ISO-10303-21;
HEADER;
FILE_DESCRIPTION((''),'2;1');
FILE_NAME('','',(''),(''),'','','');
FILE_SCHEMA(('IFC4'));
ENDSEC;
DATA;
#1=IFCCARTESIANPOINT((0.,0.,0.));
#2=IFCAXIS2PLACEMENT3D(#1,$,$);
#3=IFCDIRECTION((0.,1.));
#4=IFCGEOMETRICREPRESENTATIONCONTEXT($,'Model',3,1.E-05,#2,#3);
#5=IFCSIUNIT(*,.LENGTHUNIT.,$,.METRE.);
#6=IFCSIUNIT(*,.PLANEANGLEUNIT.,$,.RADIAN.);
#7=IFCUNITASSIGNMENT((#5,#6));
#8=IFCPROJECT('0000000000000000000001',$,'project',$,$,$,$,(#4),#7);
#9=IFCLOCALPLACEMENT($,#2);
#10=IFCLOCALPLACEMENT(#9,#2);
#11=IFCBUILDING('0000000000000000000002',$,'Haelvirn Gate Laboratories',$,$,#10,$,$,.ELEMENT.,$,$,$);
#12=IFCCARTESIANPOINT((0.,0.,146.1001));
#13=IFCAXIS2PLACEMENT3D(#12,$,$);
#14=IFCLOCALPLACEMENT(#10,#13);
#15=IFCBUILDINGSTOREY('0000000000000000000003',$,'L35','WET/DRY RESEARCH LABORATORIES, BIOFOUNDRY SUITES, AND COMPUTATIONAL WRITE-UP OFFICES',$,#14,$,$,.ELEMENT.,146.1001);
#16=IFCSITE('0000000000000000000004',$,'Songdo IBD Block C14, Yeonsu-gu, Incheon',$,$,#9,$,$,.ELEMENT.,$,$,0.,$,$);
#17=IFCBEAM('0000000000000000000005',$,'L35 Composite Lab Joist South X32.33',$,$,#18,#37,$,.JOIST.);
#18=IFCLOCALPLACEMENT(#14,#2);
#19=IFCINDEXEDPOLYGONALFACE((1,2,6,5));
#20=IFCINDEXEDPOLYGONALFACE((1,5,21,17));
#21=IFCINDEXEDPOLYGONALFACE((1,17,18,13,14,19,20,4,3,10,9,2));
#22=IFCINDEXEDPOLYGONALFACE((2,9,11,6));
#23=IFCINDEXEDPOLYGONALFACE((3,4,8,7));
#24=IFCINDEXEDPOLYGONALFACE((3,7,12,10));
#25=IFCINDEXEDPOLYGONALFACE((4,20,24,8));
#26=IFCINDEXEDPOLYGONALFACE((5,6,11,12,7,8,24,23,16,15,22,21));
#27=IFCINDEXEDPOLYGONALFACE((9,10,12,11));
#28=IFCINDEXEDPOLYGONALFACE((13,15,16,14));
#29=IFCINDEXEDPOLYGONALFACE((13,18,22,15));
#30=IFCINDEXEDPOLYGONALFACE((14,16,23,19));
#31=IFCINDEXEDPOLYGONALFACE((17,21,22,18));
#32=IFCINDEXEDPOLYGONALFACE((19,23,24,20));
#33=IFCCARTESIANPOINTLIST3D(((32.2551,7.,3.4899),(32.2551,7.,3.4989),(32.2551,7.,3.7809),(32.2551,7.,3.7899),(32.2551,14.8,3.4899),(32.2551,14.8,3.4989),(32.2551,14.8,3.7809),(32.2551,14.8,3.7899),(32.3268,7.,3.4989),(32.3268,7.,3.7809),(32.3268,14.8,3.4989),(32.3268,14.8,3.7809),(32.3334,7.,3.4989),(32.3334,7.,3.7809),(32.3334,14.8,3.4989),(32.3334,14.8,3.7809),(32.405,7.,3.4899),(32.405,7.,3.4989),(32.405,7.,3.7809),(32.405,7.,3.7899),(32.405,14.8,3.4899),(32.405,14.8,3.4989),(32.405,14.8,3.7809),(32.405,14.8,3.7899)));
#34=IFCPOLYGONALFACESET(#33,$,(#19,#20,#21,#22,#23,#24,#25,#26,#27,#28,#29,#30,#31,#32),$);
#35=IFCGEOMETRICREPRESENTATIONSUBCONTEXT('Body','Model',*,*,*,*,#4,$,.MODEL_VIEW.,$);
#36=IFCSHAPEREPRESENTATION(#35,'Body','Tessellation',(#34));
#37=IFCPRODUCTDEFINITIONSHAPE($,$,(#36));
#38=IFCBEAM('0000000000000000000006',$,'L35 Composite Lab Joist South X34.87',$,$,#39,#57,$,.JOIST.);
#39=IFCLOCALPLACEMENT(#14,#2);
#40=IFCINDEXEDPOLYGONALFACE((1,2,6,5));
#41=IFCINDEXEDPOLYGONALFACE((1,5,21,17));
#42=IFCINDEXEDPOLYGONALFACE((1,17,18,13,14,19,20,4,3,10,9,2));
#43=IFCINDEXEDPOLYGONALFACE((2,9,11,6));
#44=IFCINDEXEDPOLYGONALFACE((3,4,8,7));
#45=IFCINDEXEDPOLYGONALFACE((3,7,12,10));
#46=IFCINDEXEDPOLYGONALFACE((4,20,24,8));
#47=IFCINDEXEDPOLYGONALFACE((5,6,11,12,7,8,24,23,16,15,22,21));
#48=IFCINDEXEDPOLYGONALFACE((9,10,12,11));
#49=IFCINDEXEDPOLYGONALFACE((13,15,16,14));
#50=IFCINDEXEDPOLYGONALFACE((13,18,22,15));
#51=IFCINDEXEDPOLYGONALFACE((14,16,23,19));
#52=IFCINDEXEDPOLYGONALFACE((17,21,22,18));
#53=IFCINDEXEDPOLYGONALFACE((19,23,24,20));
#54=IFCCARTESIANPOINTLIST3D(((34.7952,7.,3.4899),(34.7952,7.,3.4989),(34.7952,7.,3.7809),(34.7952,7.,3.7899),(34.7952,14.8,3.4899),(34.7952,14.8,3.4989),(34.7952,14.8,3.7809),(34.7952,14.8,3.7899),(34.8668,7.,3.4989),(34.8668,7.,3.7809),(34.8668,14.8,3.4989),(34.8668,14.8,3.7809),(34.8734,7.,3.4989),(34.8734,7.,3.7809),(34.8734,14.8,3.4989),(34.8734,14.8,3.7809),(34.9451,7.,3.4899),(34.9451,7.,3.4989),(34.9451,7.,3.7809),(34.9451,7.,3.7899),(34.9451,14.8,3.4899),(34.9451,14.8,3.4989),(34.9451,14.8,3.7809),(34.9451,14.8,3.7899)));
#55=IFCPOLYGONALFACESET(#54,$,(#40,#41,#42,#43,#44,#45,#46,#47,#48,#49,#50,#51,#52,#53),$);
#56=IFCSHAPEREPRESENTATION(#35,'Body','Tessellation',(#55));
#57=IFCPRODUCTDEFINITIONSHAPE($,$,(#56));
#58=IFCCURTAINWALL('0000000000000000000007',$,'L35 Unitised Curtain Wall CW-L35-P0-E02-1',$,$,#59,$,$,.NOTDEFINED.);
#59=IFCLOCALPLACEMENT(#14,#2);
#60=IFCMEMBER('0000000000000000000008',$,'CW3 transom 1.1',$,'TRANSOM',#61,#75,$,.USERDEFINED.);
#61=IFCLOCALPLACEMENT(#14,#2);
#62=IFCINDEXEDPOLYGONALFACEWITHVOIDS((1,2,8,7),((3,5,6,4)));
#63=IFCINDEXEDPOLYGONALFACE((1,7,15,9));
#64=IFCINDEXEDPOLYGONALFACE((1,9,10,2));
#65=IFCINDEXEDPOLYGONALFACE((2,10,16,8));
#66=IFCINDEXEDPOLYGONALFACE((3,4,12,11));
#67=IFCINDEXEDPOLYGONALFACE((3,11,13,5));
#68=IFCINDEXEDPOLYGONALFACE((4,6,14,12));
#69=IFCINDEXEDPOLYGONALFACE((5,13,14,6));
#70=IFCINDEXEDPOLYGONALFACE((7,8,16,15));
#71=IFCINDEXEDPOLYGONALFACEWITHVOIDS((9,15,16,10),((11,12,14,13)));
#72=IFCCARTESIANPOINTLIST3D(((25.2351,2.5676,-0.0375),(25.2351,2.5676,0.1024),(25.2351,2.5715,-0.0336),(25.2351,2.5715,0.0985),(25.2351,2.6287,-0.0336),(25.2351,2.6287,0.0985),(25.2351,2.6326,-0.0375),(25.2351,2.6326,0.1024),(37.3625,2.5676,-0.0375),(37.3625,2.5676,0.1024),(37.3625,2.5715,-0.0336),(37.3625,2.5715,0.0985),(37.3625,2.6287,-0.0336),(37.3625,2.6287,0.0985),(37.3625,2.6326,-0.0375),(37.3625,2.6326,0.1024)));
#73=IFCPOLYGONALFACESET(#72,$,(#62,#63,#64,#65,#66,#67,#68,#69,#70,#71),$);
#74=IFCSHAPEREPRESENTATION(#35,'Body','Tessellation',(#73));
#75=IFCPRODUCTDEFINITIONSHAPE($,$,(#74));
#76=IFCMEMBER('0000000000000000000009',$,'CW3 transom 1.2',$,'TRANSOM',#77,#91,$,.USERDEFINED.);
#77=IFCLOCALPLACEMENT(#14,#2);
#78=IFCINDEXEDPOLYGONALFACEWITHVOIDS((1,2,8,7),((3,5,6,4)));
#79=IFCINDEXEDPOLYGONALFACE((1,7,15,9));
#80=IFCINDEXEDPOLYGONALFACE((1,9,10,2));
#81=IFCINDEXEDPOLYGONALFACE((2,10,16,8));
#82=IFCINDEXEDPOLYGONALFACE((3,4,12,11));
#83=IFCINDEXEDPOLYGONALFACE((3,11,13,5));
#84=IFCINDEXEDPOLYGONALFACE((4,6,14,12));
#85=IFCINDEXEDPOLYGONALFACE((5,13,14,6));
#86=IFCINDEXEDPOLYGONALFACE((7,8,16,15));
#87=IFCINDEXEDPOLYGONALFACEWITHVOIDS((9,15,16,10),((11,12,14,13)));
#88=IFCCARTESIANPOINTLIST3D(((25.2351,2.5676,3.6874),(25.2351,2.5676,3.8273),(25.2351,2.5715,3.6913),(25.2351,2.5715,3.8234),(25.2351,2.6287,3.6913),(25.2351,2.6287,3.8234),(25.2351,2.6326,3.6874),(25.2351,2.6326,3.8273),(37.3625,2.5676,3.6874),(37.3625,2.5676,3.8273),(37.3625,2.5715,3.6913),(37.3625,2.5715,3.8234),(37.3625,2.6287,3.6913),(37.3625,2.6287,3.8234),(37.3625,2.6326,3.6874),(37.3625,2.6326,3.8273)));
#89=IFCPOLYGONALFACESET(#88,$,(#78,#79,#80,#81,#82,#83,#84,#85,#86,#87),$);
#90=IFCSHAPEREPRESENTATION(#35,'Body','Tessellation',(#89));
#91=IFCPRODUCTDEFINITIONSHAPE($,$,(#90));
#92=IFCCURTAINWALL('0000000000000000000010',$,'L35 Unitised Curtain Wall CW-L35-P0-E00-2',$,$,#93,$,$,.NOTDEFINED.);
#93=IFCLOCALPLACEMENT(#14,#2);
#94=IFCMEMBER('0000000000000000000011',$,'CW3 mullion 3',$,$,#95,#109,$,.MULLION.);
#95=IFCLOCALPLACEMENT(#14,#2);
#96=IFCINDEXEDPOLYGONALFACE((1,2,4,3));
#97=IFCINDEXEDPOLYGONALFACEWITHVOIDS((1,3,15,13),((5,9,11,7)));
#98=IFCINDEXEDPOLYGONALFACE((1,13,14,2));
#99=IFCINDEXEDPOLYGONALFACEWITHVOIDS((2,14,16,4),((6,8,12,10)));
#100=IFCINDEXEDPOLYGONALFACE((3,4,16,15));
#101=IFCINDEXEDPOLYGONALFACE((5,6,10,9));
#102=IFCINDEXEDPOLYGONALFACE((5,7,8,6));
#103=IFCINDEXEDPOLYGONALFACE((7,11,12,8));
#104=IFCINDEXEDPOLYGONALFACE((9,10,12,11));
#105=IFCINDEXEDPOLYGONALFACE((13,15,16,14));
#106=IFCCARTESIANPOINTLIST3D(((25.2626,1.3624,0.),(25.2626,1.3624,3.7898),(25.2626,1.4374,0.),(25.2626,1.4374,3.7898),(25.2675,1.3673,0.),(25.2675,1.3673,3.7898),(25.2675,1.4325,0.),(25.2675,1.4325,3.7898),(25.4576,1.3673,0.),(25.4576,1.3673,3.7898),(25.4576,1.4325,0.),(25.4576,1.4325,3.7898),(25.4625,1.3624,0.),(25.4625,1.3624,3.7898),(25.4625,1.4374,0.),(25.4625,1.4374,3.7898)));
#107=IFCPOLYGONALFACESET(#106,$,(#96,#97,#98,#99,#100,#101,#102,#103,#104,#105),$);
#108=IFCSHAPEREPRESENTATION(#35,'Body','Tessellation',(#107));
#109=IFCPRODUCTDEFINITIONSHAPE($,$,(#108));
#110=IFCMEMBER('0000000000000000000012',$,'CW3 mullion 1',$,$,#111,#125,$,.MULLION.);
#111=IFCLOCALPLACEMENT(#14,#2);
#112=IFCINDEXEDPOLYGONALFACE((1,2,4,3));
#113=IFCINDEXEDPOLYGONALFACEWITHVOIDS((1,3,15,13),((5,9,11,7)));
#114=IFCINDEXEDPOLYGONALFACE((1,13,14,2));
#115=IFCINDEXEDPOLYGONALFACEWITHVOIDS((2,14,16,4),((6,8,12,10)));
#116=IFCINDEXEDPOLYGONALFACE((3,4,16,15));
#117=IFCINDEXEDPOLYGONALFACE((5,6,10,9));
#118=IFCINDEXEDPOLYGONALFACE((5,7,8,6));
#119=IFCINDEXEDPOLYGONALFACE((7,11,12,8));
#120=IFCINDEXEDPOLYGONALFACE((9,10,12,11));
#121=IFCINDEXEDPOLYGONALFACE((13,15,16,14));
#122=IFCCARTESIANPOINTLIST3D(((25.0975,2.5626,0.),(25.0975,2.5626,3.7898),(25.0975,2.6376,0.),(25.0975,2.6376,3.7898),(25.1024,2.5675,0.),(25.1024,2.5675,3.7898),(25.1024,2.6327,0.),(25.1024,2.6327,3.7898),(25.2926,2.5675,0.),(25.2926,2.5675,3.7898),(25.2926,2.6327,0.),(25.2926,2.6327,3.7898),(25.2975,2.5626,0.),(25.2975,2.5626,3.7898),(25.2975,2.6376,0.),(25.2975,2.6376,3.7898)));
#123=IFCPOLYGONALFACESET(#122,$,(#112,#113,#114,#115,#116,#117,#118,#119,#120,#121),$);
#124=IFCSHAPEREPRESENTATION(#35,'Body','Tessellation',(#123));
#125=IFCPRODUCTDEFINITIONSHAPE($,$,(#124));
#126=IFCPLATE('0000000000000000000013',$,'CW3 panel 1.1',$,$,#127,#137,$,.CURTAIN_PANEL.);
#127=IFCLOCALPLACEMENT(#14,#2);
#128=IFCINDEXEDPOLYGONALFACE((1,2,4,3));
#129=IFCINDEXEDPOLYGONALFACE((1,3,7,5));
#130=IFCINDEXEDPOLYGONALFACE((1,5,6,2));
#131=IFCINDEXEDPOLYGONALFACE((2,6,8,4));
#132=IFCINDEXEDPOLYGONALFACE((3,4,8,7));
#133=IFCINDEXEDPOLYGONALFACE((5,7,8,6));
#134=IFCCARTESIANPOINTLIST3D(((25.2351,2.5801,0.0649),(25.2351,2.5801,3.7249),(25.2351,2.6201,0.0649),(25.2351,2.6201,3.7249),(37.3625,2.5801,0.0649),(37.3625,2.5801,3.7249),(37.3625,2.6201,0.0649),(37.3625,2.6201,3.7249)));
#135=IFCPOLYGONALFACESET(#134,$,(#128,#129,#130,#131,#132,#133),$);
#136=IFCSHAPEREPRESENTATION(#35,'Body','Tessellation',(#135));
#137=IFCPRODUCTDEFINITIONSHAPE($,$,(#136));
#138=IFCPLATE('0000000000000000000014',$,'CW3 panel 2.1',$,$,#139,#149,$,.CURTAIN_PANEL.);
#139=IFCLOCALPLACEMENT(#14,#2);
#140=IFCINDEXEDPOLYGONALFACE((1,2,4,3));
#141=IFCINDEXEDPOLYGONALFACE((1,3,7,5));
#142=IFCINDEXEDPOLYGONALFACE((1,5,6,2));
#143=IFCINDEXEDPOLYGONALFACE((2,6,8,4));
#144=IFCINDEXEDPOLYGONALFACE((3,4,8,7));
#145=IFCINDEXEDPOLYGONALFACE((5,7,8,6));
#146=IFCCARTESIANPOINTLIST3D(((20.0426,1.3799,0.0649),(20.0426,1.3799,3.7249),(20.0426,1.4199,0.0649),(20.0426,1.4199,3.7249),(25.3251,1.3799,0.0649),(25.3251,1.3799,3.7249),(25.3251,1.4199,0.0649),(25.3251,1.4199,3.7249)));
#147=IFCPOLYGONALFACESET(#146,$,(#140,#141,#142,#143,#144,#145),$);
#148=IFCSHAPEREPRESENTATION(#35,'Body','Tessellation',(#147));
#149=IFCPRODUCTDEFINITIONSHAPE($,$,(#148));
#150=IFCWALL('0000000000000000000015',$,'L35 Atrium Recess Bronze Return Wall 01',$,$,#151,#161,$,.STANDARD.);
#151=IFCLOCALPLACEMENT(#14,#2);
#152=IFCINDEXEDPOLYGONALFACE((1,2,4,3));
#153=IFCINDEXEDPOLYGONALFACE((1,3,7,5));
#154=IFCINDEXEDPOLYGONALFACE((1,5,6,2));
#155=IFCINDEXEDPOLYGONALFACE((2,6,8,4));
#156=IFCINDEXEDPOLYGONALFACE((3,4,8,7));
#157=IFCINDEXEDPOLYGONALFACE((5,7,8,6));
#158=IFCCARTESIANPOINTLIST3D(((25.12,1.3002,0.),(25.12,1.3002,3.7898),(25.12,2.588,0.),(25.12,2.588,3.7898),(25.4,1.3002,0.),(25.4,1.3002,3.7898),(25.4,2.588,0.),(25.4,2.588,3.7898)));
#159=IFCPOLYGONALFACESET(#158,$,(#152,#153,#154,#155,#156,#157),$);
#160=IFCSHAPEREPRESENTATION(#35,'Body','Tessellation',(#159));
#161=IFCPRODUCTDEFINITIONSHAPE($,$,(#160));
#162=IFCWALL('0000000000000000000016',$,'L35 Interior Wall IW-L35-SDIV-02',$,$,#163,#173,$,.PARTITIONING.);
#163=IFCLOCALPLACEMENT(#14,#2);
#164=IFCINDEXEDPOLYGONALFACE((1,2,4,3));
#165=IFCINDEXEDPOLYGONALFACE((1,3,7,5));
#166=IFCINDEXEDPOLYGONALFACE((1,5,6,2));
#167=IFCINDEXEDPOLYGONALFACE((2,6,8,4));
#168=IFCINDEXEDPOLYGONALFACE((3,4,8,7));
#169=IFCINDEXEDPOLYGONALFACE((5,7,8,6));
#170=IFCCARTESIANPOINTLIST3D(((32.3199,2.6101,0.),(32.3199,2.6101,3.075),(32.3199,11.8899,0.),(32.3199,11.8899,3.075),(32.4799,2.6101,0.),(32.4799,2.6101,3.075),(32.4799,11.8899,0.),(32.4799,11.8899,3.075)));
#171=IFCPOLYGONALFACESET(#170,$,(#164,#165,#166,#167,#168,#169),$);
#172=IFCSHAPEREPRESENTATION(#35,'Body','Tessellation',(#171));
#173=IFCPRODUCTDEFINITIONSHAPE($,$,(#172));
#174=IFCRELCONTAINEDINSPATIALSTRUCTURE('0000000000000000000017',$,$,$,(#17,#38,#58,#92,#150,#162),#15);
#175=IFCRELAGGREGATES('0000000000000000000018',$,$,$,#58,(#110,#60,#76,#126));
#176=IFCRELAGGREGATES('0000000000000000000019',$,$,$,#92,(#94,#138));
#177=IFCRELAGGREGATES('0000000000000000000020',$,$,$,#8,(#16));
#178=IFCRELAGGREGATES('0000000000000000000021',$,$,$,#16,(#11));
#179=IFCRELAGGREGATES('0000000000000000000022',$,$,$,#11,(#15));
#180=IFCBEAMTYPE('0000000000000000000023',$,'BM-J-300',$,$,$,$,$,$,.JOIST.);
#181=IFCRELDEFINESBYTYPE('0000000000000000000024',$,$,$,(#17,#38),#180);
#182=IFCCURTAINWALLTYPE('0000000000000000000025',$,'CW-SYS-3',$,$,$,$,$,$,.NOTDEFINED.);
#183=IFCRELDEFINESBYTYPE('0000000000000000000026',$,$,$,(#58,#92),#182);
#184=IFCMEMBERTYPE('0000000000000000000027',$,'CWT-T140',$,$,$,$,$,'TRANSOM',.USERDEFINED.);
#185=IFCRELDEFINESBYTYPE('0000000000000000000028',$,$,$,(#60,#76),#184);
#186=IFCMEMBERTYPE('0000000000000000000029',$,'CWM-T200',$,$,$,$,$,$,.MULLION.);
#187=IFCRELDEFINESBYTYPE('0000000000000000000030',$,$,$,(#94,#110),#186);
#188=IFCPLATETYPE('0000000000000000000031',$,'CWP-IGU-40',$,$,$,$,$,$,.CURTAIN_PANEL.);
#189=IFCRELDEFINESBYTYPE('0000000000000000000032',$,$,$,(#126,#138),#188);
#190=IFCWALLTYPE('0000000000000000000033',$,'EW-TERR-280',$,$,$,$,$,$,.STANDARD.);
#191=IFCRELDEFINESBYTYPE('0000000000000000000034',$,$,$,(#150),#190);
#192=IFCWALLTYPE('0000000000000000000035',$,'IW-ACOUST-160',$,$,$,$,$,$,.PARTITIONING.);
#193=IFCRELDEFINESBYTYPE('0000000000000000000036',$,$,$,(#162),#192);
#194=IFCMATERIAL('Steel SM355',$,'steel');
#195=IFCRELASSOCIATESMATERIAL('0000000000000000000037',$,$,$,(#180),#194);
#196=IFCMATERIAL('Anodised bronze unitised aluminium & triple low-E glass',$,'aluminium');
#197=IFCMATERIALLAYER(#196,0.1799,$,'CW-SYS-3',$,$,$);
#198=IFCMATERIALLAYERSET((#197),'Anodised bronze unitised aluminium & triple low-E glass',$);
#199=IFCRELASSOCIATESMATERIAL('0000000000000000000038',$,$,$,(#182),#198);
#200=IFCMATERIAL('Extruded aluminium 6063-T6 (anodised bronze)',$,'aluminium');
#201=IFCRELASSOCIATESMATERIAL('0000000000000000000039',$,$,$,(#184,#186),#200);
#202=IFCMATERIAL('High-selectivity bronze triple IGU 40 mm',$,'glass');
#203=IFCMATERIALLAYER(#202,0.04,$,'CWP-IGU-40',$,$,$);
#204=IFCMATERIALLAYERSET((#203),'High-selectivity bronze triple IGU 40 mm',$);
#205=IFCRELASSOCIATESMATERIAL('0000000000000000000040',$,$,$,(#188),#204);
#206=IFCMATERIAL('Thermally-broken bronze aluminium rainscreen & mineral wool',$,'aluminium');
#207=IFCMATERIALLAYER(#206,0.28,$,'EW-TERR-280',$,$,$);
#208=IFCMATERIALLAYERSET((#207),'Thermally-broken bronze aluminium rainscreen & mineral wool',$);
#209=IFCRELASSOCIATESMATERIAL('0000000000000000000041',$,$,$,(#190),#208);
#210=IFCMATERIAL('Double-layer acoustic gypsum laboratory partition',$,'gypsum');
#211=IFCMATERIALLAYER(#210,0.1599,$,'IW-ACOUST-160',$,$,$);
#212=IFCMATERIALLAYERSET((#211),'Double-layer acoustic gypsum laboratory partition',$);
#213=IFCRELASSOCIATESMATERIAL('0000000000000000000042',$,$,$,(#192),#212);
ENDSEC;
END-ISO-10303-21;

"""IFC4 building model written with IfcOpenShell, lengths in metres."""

from ifc_helpers import new_model, si_unit, direction, frame, frame_2d, origin, origin_2d, place, context, subcontext, project, spatial, rectangle, hollow_rectangle, i_section, extrude, source, transform, mapped, material, layer, layer_set, material_profile, profile_set, type_object, type_shapes, element, aggregate, save


model = new_model("IFC4")

# Units and contexts
model_context = context("Model", 3, precision=1e-05, world=origin(), true_north=direction((0.0, 1.0)))
body_context = subcontext(model_context, "Body", "Model", "MODEL_VIEW")
ifc_project = project(units=[si_unit("LENGTHUNIT", "METRE"), si_unit("PLANEANGLEUNIT", "RADIAN")], contexts=[model_context])

# Site, building, storey
site_placement = place(None, origin())
site = spatial("IfcSite", under=ifc_project, at=site_placement, Name="Songdo IBD Block C14, Yeonsu-gu, Incheon", CompositionType="ELEMENT", RefElevation=0.0)
building_placement = place(site_placement, origin())
building = spatial("IfcBuilding", under=site, at=building_placement, Name="Haelvirn Gate Laboratories", CompositionType="ELEMENT")
storey_placement = place(building_placement, frame((0.0, 0.0, 146.1001)))
storey = spatial("IfcBuildingStorey", under=building, at=storey_placement, Name="L35", Description="WET/DRY RESEARCH LABORATORIES, BIOFOUNDRY SUITES, AND COMPUTATIONAL WRITE-UP OFFICES", CompositionType="ELEMENT", Elevation=146.1001)

# Shared definitions
ifc_material_1 = material(Name="Steel SM355", Category="steel")

# Beams
ifc_material_profile_1 = material_profile(ifc_material_1, i_section(OverallWidth=0.1499, OverallDepth=0.3, WebThickness=0.0066, FlangeThickness=0.009, at=origin_2d()), Name="H-300x150x6.5x9")
ifc_profile_set_1 = profile_set([ifc_material_profile_1], Name="Steel SM355")
beam_type_1 = type_object("IfcBeamType", Name="BM-J-300", PredefinedType="JOIST", material=ifc_profile_set_1)
shared_shape_1 = source(origin(), body_context, "Body", "SweptSolid", [
    extrude(i_section(OverallWidth=0.1499, OverallDepth=0.3, WebThickness=0.0066, FlangeThickness=0.009, at=origin_2d()), origin(), (0.0, 0.0, 1.0), 7.8),
])
type_shapes(beam_type_1, [shared_shape_1])
for number, where, z_axis, x_axis, name in (
    (1, (32.3301, 7.0, 3.6399), (0.0, 1.0, 0.0), (-1.0, 0.0, 0.0), "L35 Composite Lab Joist South X32.33"),
    (2, (34.8701, 7.0, 3.6399), (0.0, 1.0, 0.0), (-1.0, 0.0, 0.0), "L35 Composite Lab Joist South X34.87"),
):
    element("IfcBeam", number, at=place(storey_placement, frame(where, z_axis=z_axis, x_axis=x_axis)), inside=storey, type_object=beam_type_1, Name=name, PredefinedType="JOIST", context=body_context, shape_type="MappedRepresentation", body=[
        mapped(shared_shape_1, transform((0.0, 0.0, 0.0), scale=1.0)),
    ])

# Curtain wall, members
ifc_material_2 = material(Name="Anodised bronze unitised aluminium & triple low-E glass", Category="aluminium")
ifc_layer_1 = layer(ifc_material_2, 0.1799, Name="CW-SYS-3")
ifc_layer_set_1 = layer_set([ifc_layer_1], Name="Anodised bronze unitised aluminium & triple low-E glass")
curtain_wall_type = type_object("IfcCurtainWallType", Name="CW-SYS-3", PredefinedType="NOTDEFINED", material=ifc_layer_set_1)
curtain_wall_1_placement = place(storey_placement, origin())
curtain_wall_1 = element("IfcCurtainWall", 3, at=curtain_wall_1_placement, inside=storey, type_object=curtain_wall_type, Name="L35 Unitised Curtain Wall CW-L35-P0-E02-1", PredefinedType="NOTDEFINED")
ifc_material_3 = material(Name="Extruded aluminium 6063-T6 (anodised bronze)", Category="aluminium")
ifc_material_profile_2 = material_profile(ifc_material_3, hollow_rectangle(XDim=0.0649, YDim=0.1399, WallThickness=0.0039, at=origin_2d()), Name="CWT-140x65x4")
ifc_profile_set_2 = profile_set([ifc_material_profile_2], Name="Extruded aluminium 6063-T6 (anodised bronze)")
member_type_1 = type_object("IfcMemberType", Name="CWT-T140", ElementType="TRANSOM", PredefinedType="USERDEFINED", material=ifc_profile_set_2)
shared_shape_2 = source(origin(), body_context, "Body", "SweptSolid", [
    extrude(hollow_rectangle(XDim=0.0649, YDim=0.1399, WallThickness=0.0039, at=origin_2d()), origin(), (0.0, 0.0, 1.0), 12.1274),
])
type_shapes(member_type_1, [shared_shape_2])
member_1_placement = place(storey_placement, frame((25.2351, 2.6001, 0.0325), z_axis=(1.0, 0.0, 0.0), x_axis=(0.0, 1.0, 0.0)))
member_1 = element("IfcMember", 4, at=member_1_placement, type_object=member_type_1, Name="CW3 transom 1.1", ObjectType="TRANSOM", PredefinedType="USERDEFINED", context=body_context, shape_type="MappedRepresentation", body=[
    mapped(shared_shape_2, transform((0.0, 0.0, 0.0), scale=1.0)),
])
member_2_placement = place(storey_placement, frame((25.2351, 2.6001, 3.7573), z_axis=(1.0, 0.0, 0.0), x_axis=(0.0, 1.0, 0.0)))
member_2 = element("IfcMember", 5, at=member_2_placement, type_object=member_type_1, Name="CW3 transom 1.2", ObjectType="TRANSOM", PredefinedType="USERDEFINED", context=body_context, shape_type="MappedRepresentation", body=[
    mapped(shared_shape_2, transform((0.0, 0.0, 0.0), scale=1.0)),
])

# Curtain wall, member
curtain_wall_2_placement = place(storey_placement, origin())
curtain_wall_2 = element("IfcCurtainWall", 6, at=curtain_wall_2_placement, inside=storey, type_object=curtain_wall_type, Name="L35 Unitised Curtain Wall CW-L35-P0-E00-2", PredefinedType="NOTDEFINED")
ifc_material_profile_3 = material_profile(ifc_material_3, hollow_rectangle(XDim=0.075, YDim=0.2, WallThickness=0.0049, at=origin_2d()), Name="CWM-200x75x5")
ifc_profile_set_3 = profile_set([ifc_material_profile_3], Name="Extruded aluminium 6063-T6 (anodised bronze)")
member_type_2 = type_object("IfcMemberType", Name="CWM-T200", PredefinedType="MULLION", material=ifc_profile_set_3)
shared_shape_3 = source(origin(), body_context, "Body", "SweptSolid", [
    extrude(hollow_rectangle(XDim=0.075, YDim=0.2, WallThickness=0.0049, at=origin_2d()), origin(), (0.0, 0.0, 1.0), 3.7898),
])
type_shapes(member_type_2, [shared_shape_3])
member_3_placement = place(storey_placement, frame((25.3625, 1.3999, 0.0), z_axis=(0.0, 0.0, 1.0), x_axis=(0.0, 1.0, 0.0)))
member_3 = element("IfcMember", 7, at=member_3_placement, type_object=member_type_2, Name="CW3 mullion 3", PredefinedType="MULLION", context=body_context, shape_type="MappedRepresentation", body=[
    mapped(shared_shape_3, transform((0.0, 0.0, 0.0), scale=1.0)),
])

# Member
member_4_placement = place(storey_placement, frame((25.1975, 2.6001, 0.0), z_axis=(0.0, 0.0, 1.0), x_axis=(0.0, 1.0, 0.0)))
member_4 = element("IfcMember", 8, at=member_4_placement, type_object=member_type_2, Name="CW3 mullion 1", PredefinedType="MULLION", context=body_context, shape_type="MappedRepresentation", body=[
    mapped(shared_shape_3, transform((0.0, 0.0, 0.0), scale=1.0)),
])

# Plates
ifc_material_4 = material(Name="High-selectivity bronze triple IGU 40 mm", Category="glass")
ifc_layer_2 = layer(ifc_material_4, 0.04, Name="CWP-IGU-40")
ifc_layer_set_2 = layer_set([ifc_layer_2], Name="High-selectivity bronze triple IGU 40 mm")
plate_type = type_object("IfcPlateType", Name="CWP-IGU-40", PredefinedType="CURTAIN_PANEL", material=ifc_layer_set_2)
shared_shape_4 = source(origin(), body_context, "Body", "SweptSolid", [
    extrude(rectangle(XDim=12.1274, YDim=0.04, at=origin_2d()), origin(), (0.0, 0.0, 1.0), 3.6599),
])
plate_1_placement = place(storey_placement, frame((31.2988, 2.6001, 0.0649), z_axis=(0.0, 0.0, 1.0), x_axis=(1.0, 0.0, 0.0)))
plate_1 = element("IfcPlate", 9, at=plate_1_placement, type_object=plate_type, Name="CW3 panel 1.1", PredefinedType="CURTAIN_PANEL", context=body_context, shape_type="MappedRepresentation", body=[
    mapped(shared_shape_4, transform((0.0, 0.0, 0.0), scale=1.0)),
])
aggregate(curtain_wall_1, [member_4, member_1, member_2, plate_1])
shared_shape_5 = source(origin(), body_context, "Body", "SweptSolid", [
    extrude(rectangle(XDim=5.2825, YDim=0.04, at=origin_2d()), origin(), (0.0, 0.0, 1.0), 3.6599),
])
type_shapes(plate_type, [shared_shape_4, shared_shape_5])
plate_2_placement = place(storey_placement, frame((22.6838, 1.3999, 0.0649), z_axis=(0.0, 0.0, 1.0), x_axis=(1.0, 0.0, 0.0)))
plate_2 = element("IfcPlate", 10, at=plate_2_placement, type_object=plate_type, Name="CW3 panel 2.1", PredefinedType="CURTAIN_PANEL", context=body_context, shape_type="MappedRepresentation", body=[
    mapped(shared_shape_5, transform((0.0, 0.0, 0.0), scale=1.0)),
])
aggregate(curtain_wall_2, [member_3, plate_2])

# Walls
ifc_material_5 = material(Name="Thermally-broken bronze aluminium rainscreen & mineral wool", Category="aluminium")
ifc_layer_3 = layer(ifc_material_5, 0.28, Name="EW-TERR-280")
ifc_layer_set_3 = layer_set([ifc_layer_3], Name="Thermally-broken bronze aluminium rainscreen & mineral wool")
wall_type_1 = type_object("IfcWallType", Name="EW-TERR-280", PredefinedType="STANDARD", material=ifc_layer_set_3)
wall_1_placement = place(storey_placement, frame((25.26, 1.3, 0.0), z_axis=(0.0, 0.0, 1.0), x_axis=(0.0, 1.0, 0.0)))
element("IfcWall", 11, at=wall_1_placement, inside=storey, type_object=wall_type_1, Name="L35 Atrium Recess Bronze Return Wall 01", PredefinedType="STANDARD", context=body_context, shape_type="SweptSolid", body=[
    extrude(rectangle(XDim=1.2878, YDim=0.28, at=frame_2d((0.644, 0.0))), origin(), (0.0, 0.0, 1.0), 3.7898),
])
ifc_material_6 = material(Name="Double-layer acoustic gypsum laboratory partition", Category="gypsum")
ifc_layer_4 = layer(ifc_material_6, 0.1599, Name="IW-ACOUST-160")
ifc_layer_set_4 = layer_set([ifc_layer_4], Name="Double-layer acoustic gypsum laboratory partition")
wall_type_2 = type_object("IfcWallType", Name="IW-ACOUST-160", PredefinedType="PARTITIONING", material=ifc_layer_set_4)
wall_2_placement = place(storey_placement, frame((32.3999, 2.6101, 0.0), z_axis=(0.0, 0.0, 1.0), x_axis=(0.0, 1.0, 0.0)))
element("IfcWall", 12, at=wall_2_placement, inside=storey, type_object=wall_type_2, Name="L35 Interior Wall IW-L35-SDIV-02", PredefinedType="PARTITIONING", context=body_context, shape_type="SweptSolid", body=[
    extrude(rectangle(XDim=9.2798, YDim=0.1599, at=frame_2d((4.6399, 0.0))), origin(), (0.0, 0.0, 1.0), 3.075),
])

save(model, "model.ifc")
